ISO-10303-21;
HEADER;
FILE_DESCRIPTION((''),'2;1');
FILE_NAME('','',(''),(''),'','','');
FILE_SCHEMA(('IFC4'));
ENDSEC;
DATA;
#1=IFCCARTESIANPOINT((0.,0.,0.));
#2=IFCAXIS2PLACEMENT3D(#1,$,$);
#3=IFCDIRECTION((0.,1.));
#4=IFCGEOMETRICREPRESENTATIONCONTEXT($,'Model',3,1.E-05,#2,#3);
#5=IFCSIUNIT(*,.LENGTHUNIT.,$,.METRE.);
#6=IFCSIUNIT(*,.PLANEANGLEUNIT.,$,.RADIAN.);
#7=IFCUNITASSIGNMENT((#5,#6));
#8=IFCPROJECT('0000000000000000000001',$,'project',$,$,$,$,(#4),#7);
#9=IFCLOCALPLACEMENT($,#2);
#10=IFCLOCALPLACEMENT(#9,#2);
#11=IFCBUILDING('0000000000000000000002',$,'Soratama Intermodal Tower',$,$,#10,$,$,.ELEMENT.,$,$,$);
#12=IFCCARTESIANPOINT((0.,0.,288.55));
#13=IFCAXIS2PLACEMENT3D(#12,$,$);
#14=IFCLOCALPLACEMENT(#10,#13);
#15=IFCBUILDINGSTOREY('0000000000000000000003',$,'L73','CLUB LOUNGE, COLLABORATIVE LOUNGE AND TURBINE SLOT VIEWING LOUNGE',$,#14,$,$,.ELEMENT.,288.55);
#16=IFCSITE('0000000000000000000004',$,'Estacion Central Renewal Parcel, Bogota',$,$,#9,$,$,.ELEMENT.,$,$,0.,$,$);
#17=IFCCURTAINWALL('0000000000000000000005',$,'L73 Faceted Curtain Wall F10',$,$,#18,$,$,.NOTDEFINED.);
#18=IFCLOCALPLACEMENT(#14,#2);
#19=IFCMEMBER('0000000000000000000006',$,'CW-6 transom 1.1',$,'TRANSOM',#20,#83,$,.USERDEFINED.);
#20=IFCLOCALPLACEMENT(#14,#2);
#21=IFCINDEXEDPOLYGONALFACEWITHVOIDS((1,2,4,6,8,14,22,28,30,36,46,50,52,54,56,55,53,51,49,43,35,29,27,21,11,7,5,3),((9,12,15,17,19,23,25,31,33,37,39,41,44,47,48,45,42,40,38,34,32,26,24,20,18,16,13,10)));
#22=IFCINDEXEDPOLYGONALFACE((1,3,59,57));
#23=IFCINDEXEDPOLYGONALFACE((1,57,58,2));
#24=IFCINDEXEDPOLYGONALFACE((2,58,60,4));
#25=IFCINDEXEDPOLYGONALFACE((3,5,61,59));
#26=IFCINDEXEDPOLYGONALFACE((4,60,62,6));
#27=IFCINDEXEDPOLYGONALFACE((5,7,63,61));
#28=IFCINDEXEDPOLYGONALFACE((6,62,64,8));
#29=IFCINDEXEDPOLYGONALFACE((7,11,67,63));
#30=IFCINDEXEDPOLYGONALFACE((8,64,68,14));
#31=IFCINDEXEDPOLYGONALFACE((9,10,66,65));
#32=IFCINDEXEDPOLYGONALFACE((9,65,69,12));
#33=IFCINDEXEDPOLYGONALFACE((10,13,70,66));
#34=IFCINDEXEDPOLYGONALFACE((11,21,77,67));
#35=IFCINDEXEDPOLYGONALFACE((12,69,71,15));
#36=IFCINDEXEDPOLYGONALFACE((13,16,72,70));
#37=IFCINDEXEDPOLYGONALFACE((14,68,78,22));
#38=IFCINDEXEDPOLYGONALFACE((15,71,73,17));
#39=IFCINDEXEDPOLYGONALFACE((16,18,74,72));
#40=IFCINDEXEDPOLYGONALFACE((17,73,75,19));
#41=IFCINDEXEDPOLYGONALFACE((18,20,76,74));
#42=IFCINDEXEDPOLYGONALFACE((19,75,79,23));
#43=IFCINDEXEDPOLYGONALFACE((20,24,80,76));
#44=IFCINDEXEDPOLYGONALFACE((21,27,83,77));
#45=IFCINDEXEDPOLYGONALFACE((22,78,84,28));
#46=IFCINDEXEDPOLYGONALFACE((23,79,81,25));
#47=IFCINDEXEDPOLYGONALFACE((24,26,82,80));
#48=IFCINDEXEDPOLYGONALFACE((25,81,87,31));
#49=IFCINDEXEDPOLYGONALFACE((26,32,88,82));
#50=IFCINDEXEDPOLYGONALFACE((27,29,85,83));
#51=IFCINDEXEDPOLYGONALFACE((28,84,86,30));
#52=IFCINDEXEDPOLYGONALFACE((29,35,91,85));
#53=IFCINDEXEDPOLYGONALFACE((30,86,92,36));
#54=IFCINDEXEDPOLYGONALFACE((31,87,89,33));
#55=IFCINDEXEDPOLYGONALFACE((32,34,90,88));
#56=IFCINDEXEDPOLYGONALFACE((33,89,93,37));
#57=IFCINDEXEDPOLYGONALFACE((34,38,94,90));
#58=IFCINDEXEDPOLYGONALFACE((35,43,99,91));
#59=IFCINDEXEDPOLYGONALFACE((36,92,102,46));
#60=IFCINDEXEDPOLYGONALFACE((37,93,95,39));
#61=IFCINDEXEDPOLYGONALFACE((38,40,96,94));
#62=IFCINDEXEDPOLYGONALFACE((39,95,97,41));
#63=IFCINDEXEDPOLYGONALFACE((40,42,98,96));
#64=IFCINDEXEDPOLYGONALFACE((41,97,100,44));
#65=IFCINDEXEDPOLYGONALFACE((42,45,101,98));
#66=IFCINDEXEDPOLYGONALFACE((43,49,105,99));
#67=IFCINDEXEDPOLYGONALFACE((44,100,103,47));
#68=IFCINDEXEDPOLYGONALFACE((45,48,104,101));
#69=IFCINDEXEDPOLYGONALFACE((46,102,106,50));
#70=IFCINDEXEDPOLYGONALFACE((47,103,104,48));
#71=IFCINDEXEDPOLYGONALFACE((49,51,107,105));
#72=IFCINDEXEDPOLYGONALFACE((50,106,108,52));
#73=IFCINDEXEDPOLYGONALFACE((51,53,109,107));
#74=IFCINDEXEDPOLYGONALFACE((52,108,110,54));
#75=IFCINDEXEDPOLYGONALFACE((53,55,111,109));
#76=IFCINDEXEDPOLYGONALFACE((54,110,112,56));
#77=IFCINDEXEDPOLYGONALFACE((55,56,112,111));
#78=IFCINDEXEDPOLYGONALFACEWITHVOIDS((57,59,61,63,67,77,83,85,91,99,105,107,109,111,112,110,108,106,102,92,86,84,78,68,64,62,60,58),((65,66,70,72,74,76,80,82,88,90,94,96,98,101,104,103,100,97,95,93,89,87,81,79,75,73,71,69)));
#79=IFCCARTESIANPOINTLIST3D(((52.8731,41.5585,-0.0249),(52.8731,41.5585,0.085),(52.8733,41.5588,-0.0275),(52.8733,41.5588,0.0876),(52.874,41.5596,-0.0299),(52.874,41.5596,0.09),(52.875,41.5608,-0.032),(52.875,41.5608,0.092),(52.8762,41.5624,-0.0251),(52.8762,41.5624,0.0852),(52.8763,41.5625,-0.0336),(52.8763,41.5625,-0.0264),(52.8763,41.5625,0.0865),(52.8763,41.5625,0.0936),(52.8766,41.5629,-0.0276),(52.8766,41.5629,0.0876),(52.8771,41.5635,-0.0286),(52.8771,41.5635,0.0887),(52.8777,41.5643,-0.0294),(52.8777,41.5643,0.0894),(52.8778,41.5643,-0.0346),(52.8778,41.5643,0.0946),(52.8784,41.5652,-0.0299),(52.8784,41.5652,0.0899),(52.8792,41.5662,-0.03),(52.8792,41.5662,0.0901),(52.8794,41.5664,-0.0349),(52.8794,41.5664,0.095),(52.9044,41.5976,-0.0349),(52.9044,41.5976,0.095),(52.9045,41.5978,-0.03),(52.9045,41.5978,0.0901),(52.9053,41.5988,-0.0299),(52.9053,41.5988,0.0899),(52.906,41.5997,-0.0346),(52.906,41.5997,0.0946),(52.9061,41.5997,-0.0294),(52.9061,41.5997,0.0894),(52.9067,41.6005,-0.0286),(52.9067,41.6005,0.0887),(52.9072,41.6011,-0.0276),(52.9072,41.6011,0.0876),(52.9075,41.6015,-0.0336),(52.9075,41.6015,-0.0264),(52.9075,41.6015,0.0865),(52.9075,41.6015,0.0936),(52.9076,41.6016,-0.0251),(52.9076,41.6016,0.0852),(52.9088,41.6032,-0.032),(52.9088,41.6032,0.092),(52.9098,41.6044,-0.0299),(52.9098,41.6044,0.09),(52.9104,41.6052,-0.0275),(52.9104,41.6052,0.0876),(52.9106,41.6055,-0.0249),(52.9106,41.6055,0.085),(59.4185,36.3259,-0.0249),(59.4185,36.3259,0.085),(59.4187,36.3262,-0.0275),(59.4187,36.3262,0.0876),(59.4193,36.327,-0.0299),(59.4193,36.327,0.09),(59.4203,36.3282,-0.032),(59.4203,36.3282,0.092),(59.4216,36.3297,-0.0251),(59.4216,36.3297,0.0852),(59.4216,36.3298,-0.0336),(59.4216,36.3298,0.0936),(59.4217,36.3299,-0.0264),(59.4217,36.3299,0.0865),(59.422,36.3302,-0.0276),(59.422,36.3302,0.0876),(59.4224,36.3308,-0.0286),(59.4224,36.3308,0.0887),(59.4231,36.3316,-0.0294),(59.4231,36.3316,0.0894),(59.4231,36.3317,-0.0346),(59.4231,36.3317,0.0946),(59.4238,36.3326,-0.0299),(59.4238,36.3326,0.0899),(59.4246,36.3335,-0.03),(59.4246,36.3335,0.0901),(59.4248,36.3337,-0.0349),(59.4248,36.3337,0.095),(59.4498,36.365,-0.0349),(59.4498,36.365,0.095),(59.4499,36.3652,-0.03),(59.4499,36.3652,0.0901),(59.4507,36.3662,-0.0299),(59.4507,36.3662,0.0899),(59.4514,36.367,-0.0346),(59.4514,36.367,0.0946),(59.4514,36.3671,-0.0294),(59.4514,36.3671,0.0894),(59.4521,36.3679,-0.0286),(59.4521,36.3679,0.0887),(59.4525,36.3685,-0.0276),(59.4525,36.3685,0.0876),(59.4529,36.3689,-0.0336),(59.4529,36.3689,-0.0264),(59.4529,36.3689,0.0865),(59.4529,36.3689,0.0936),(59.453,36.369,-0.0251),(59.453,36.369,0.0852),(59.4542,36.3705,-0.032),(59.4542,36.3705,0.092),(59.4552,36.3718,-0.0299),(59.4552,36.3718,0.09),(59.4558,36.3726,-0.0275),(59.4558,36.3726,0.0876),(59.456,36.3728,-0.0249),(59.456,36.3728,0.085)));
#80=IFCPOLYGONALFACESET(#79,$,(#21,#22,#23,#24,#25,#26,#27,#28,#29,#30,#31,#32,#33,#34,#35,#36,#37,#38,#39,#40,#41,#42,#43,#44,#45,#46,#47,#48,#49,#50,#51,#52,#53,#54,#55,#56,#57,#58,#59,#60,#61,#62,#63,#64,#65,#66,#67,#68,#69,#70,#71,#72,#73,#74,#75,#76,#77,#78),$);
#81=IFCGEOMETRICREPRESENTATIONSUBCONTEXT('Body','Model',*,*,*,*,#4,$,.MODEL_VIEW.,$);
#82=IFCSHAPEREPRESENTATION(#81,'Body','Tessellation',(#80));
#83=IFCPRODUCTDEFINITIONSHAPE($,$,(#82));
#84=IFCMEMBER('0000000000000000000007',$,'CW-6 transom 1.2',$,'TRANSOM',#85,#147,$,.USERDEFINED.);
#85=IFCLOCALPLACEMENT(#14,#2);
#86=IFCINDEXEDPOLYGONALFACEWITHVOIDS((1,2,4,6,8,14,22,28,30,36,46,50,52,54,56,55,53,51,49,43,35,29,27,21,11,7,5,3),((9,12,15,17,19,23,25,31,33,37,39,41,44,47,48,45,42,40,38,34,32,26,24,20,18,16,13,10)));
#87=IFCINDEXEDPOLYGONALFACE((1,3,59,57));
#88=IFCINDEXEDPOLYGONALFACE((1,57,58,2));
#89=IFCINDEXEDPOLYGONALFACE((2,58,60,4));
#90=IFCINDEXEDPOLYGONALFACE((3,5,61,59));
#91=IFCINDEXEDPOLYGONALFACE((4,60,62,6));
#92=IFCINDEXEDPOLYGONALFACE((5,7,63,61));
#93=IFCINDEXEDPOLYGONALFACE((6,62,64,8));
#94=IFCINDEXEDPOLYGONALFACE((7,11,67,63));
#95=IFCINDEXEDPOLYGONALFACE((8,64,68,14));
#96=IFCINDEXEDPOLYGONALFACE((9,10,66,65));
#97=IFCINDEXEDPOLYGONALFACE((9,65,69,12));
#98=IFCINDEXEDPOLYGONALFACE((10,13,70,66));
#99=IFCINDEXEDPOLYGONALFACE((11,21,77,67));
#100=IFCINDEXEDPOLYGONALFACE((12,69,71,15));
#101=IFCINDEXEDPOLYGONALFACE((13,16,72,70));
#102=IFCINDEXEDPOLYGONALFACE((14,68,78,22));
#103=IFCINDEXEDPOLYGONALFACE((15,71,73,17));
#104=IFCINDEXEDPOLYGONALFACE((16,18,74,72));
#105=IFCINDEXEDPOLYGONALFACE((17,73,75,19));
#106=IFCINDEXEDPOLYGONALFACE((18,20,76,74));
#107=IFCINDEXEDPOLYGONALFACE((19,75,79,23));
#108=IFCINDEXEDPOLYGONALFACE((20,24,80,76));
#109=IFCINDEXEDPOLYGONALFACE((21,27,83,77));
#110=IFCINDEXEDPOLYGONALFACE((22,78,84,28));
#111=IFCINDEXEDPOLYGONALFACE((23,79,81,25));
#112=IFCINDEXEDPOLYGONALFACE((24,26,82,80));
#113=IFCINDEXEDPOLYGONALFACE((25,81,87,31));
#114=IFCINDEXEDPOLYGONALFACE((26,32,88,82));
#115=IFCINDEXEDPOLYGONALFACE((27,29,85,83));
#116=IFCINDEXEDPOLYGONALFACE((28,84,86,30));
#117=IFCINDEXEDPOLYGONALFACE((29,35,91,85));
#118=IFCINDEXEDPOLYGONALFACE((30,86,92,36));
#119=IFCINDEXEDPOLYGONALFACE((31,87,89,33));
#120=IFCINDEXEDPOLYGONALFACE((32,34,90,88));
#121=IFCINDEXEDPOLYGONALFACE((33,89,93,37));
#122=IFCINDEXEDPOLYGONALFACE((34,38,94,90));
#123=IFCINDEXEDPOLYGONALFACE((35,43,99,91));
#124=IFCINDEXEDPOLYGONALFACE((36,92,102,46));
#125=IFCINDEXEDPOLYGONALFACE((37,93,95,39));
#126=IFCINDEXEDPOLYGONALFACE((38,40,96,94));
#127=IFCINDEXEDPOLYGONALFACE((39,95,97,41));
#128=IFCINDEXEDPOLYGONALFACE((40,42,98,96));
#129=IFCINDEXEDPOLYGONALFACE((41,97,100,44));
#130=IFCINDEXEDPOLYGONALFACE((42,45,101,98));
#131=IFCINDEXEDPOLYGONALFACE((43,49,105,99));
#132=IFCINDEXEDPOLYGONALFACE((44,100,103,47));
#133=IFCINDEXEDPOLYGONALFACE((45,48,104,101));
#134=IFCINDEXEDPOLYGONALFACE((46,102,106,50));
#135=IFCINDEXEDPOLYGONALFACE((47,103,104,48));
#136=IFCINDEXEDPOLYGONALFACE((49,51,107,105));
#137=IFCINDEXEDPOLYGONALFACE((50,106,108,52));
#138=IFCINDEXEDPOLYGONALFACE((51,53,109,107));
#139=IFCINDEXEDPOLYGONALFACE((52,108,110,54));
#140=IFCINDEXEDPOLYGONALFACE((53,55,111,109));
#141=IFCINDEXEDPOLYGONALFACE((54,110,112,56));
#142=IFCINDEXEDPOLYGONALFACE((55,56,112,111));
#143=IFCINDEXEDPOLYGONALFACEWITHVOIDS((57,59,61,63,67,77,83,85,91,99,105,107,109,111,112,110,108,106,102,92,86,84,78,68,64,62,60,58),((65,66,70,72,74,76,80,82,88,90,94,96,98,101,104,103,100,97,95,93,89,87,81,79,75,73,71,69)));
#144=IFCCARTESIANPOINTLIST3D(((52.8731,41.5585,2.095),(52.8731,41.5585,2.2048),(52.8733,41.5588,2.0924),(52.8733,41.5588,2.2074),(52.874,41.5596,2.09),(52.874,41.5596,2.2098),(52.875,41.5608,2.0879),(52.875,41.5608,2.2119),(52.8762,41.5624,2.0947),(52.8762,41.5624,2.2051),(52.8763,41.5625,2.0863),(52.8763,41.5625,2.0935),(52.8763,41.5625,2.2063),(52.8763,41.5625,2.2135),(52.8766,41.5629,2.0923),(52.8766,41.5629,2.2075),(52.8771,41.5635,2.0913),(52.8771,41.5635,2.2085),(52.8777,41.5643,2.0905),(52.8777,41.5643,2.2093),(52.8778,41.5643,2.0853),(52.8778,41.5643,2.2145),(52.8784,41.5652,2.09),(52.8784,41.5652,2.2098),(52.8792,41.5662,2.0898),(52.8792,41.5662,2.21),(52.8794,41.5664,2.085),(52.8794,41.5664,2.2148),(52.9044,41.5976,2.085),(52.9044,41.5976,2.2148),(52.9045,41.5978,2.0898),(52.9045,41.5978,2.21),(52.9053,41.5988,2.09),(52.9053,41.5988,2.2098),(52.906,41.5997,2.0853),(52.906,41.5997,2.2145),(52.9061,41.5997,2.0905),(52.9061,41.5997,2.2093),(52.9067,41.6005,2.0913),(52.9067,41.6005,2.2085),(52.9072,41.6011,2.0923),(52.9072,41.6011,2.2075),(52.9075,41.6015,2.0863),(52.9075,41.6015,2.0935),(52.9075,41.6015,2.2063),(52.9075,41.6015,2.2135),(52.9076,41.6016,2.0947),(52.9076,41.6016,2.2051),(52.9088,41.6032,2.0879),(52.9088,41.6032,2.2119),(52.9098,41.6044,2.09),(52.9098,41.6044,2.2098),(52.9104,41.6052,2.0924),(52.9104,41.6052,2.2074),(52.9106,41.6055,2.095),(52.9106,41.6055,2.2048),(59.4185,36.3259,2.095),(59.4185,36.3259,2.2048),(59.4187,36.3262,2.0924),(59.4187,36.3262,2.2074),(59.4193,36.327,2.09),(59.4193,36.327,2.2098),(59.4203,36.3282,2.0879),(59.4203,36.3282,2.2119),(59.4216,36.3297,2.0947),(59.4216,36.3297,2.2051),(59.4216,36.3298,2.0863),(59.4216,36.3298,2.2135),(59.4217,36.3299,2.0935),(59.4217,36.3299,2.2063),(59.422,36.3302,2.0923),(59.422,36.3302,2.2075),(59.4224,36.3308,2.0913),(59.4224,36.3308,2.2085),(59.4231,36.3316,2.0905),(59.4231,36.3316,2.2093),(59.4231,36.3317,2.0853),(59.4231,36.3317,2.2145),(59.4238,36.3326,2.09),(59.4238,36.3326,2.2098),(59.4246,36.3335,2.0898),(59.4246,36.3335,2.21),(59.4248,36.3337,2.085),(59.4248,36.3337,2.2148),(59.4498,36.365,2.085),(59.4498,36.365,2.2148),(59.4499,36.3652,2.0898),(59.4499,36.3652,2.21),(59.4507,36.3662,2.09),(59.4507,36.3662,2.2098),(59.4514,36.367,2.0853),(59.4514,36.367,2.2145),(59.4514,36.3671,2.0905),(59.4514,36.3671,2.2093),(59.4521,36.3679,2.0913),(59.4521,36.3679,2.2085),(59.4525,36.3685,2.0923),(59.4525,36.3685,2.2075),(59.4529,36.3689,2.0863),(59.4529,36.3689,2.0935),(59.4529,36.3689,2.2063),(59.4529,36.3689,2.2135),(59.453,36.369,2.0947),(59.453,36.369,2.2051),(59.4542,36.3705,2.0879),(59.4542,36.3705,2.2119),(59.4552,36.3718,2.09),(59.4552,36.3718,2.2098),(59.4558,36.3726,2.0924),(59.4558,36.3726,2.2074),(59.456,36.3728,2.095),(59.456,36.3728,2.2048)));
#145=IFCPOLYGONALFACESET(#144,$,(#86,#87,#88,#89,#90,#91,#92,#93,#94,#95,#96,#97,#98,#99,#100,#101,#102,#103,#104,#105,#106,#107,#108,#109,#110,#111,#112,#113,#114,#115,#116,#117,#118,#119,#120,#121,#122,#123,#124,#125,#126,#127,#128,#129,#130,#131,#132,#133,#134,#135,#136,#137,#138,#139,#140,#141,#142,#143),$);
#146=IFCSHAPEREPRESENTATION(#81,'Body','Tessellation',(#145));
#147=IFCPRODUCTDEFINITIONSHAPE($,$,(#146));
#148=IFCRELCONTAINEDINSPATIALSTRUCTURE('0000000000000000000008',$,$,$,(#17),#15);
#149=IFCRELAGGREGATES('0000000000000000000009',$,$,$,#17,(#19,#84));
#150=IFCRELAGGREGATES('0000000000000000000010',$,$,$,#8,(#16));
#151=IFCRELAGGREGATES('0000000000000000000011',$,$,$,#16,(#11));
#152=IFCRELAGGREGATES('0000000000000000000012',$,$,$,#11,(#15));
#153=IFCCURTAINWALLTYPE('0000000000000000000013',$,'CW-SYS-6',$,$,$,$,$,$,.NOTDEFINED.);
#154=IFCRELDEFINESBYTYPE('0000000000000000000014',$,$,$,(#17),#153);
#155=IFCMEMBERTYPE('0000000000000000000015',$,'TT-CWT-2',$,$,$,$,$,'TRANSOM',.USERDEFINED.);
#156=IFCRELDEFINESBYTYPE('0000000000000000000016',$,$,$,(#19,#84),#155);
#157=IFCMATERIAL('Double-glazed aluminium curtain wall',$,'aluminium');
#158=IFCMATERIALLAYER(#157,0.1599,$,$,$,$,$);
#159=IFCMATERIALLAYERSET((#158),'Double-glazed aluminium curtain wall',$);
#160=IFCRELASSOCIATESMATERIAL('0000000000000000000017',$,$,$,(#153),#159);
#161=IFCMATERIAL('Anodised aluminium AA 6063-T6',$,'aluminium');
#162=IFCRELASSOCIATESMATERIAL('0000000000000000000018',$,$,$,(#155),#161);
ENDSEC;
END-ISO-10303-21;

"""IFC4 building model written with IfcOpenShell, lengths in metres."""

from ifc_helpers import new_model, si_unit, direction, frame, origin, origin_2d, place, context, subcontext, project, spatial, hollow_rectangle, extrude, material, layer, layer_set, material_profile, profile_set, type_object, element, aggregate, save


model = new_model("IFC4")

# Units and contexts
model_context = context("Model", 3, precision=1e-05, world=origin(), true_north=direction((0.0, 1.0)))
body_context = subcontext(model_context, "Body", "Model", "MODEL_VIEW")
ifc_project = project(units=[si_unit("LENGTHUNIT", "METRE"), si_unit("PLANEANGLEUNIT", "RADIAN")], contexts=[model_context])

# Site, building, storey
site_placement = place(None, origin())
site = spatial("IfcSite", under=ifc_project, at=site_placement, Name="Estacion Central Renewal Parcel, Bogota", CompositionType="ELEMENT", RefElevation=0.0)
building_placement = place(site_placement, origin())
building = spatial("IfcBuilding", under=site, at=building_placement, Name="Soratama Intermodal Tower", CompositionType="ELEMENT")
storey_placement = place(building_placement, frame((0.0, 0.0, 288.55)))
storey = spatial("IfcBuildingStorey", under=building, at=storey_placement, Name="L73", Description="CLUB LOUNGE, COLLABORATIVE LOUNGE AND TURBINE SLOT VIEWING LOUNGE", CompositionType="ELEMENT", Elevation=288.55)

# Curtain wall, members
ifc_material_1 = material(Name="Double-glazed aluminium curtain wall", Category="aluminium")
ifc_layer_1 = layer(ifc_material_1, 0.1599)
ifc_layer_set_1 = layer_set([ifc_layer_1], Name="Double-glazed aluminium curtain wall")
curtain_wall_type = type_object("IfcCurtainWallType", Name="CW-SYS-6", PredefinedType="NOTDEFINED", material=ifc_layer_set_1)
curtain_wall_placement = place(storey_placement, origin())
curtain_wall = element("IfcCurtainWall", 1, at=curtain_wall_placement, inside=storey, type_object=curtain_wall_type, Name="L73 Faceted Curtain Wall F10", PredefinedType="NOTDEFINED")
ifc_material_2 = material(Name="Anodised aluminium AA 6063-T6", Category="aluminium")
ifc_material_profile_1 = material_profile(ifc_material_2, hollow_rectangle(XDim=0.0601, YDim=0.1299, WallThickness=0.0049, InnerFilletRadius=0.0049, OuterFilletRadius=0.01, at=origin_2d()), Name="CWT130X60X5")
ifc_profile_set_1 = profile_set([ifc_material_profile_1], Name="Anodised aluminium AA 6063-T6")
member_type_1 = type_object("IfcMemberType", Name="TT-CWT-2", ElementType="TRANSOM", PredefinedType="USERDEFINED", material=ifc_profile_set_1)
member_1_placement = place(storey_placement, frame((59.4373, 36.3494, 0.03), z_axis=(-0.781082, 0.624429, 0.0), x_axis=(-0.624429, -0.781082, 0.0)))
member_1 = element("IfcMember", 2, at=member_1_placement, type_object=member_type_1, Name="CW-6 transom 1.1", ObjectType="TRANSOM", PredefinedType="USERDEFINED", context=body_context, shape_type="SweptSolid", body=[
    extrude(hollow_rectangle(XDim=0.0601, YDim=0.1299, WallThickness=0.0049, InnerFilletRadius=0.0049, OuterFilletRadius=0.01, at=origin_2d()), origin(), (0.0, 0.0, 1.0), 8.3799),
])
member_2_placement = place(storey_placement, frame((59.4373, 36.3494, 2.1499), z_axis=(-0.781082, 0.624429, 0.0), x_axis=(-0.624429, -0.781082, 0.0)))
member_2 = element("IfcMember", 3, at=member_2_placement, type_object=member_type_1, Name="CW-6 transom 1.2", ObjectType="TRANSOM", PredefinedType="USERDEFINED", context=body_context, shape_type="SweptSolid", body=[
    extrude(hollow_rectangle(XDim=0.0601, YDim=0.1299, WallThickness=0.0049, InnerFilletRadius=0.0049, OuterFilletRadius=0.01, at=origin_2d()), origin(), (0.0, 0.0, 1.0), 8.3799),
])

aggregate(curtain_wall, [member_1, member_2])

save(model, "model.ifc")
